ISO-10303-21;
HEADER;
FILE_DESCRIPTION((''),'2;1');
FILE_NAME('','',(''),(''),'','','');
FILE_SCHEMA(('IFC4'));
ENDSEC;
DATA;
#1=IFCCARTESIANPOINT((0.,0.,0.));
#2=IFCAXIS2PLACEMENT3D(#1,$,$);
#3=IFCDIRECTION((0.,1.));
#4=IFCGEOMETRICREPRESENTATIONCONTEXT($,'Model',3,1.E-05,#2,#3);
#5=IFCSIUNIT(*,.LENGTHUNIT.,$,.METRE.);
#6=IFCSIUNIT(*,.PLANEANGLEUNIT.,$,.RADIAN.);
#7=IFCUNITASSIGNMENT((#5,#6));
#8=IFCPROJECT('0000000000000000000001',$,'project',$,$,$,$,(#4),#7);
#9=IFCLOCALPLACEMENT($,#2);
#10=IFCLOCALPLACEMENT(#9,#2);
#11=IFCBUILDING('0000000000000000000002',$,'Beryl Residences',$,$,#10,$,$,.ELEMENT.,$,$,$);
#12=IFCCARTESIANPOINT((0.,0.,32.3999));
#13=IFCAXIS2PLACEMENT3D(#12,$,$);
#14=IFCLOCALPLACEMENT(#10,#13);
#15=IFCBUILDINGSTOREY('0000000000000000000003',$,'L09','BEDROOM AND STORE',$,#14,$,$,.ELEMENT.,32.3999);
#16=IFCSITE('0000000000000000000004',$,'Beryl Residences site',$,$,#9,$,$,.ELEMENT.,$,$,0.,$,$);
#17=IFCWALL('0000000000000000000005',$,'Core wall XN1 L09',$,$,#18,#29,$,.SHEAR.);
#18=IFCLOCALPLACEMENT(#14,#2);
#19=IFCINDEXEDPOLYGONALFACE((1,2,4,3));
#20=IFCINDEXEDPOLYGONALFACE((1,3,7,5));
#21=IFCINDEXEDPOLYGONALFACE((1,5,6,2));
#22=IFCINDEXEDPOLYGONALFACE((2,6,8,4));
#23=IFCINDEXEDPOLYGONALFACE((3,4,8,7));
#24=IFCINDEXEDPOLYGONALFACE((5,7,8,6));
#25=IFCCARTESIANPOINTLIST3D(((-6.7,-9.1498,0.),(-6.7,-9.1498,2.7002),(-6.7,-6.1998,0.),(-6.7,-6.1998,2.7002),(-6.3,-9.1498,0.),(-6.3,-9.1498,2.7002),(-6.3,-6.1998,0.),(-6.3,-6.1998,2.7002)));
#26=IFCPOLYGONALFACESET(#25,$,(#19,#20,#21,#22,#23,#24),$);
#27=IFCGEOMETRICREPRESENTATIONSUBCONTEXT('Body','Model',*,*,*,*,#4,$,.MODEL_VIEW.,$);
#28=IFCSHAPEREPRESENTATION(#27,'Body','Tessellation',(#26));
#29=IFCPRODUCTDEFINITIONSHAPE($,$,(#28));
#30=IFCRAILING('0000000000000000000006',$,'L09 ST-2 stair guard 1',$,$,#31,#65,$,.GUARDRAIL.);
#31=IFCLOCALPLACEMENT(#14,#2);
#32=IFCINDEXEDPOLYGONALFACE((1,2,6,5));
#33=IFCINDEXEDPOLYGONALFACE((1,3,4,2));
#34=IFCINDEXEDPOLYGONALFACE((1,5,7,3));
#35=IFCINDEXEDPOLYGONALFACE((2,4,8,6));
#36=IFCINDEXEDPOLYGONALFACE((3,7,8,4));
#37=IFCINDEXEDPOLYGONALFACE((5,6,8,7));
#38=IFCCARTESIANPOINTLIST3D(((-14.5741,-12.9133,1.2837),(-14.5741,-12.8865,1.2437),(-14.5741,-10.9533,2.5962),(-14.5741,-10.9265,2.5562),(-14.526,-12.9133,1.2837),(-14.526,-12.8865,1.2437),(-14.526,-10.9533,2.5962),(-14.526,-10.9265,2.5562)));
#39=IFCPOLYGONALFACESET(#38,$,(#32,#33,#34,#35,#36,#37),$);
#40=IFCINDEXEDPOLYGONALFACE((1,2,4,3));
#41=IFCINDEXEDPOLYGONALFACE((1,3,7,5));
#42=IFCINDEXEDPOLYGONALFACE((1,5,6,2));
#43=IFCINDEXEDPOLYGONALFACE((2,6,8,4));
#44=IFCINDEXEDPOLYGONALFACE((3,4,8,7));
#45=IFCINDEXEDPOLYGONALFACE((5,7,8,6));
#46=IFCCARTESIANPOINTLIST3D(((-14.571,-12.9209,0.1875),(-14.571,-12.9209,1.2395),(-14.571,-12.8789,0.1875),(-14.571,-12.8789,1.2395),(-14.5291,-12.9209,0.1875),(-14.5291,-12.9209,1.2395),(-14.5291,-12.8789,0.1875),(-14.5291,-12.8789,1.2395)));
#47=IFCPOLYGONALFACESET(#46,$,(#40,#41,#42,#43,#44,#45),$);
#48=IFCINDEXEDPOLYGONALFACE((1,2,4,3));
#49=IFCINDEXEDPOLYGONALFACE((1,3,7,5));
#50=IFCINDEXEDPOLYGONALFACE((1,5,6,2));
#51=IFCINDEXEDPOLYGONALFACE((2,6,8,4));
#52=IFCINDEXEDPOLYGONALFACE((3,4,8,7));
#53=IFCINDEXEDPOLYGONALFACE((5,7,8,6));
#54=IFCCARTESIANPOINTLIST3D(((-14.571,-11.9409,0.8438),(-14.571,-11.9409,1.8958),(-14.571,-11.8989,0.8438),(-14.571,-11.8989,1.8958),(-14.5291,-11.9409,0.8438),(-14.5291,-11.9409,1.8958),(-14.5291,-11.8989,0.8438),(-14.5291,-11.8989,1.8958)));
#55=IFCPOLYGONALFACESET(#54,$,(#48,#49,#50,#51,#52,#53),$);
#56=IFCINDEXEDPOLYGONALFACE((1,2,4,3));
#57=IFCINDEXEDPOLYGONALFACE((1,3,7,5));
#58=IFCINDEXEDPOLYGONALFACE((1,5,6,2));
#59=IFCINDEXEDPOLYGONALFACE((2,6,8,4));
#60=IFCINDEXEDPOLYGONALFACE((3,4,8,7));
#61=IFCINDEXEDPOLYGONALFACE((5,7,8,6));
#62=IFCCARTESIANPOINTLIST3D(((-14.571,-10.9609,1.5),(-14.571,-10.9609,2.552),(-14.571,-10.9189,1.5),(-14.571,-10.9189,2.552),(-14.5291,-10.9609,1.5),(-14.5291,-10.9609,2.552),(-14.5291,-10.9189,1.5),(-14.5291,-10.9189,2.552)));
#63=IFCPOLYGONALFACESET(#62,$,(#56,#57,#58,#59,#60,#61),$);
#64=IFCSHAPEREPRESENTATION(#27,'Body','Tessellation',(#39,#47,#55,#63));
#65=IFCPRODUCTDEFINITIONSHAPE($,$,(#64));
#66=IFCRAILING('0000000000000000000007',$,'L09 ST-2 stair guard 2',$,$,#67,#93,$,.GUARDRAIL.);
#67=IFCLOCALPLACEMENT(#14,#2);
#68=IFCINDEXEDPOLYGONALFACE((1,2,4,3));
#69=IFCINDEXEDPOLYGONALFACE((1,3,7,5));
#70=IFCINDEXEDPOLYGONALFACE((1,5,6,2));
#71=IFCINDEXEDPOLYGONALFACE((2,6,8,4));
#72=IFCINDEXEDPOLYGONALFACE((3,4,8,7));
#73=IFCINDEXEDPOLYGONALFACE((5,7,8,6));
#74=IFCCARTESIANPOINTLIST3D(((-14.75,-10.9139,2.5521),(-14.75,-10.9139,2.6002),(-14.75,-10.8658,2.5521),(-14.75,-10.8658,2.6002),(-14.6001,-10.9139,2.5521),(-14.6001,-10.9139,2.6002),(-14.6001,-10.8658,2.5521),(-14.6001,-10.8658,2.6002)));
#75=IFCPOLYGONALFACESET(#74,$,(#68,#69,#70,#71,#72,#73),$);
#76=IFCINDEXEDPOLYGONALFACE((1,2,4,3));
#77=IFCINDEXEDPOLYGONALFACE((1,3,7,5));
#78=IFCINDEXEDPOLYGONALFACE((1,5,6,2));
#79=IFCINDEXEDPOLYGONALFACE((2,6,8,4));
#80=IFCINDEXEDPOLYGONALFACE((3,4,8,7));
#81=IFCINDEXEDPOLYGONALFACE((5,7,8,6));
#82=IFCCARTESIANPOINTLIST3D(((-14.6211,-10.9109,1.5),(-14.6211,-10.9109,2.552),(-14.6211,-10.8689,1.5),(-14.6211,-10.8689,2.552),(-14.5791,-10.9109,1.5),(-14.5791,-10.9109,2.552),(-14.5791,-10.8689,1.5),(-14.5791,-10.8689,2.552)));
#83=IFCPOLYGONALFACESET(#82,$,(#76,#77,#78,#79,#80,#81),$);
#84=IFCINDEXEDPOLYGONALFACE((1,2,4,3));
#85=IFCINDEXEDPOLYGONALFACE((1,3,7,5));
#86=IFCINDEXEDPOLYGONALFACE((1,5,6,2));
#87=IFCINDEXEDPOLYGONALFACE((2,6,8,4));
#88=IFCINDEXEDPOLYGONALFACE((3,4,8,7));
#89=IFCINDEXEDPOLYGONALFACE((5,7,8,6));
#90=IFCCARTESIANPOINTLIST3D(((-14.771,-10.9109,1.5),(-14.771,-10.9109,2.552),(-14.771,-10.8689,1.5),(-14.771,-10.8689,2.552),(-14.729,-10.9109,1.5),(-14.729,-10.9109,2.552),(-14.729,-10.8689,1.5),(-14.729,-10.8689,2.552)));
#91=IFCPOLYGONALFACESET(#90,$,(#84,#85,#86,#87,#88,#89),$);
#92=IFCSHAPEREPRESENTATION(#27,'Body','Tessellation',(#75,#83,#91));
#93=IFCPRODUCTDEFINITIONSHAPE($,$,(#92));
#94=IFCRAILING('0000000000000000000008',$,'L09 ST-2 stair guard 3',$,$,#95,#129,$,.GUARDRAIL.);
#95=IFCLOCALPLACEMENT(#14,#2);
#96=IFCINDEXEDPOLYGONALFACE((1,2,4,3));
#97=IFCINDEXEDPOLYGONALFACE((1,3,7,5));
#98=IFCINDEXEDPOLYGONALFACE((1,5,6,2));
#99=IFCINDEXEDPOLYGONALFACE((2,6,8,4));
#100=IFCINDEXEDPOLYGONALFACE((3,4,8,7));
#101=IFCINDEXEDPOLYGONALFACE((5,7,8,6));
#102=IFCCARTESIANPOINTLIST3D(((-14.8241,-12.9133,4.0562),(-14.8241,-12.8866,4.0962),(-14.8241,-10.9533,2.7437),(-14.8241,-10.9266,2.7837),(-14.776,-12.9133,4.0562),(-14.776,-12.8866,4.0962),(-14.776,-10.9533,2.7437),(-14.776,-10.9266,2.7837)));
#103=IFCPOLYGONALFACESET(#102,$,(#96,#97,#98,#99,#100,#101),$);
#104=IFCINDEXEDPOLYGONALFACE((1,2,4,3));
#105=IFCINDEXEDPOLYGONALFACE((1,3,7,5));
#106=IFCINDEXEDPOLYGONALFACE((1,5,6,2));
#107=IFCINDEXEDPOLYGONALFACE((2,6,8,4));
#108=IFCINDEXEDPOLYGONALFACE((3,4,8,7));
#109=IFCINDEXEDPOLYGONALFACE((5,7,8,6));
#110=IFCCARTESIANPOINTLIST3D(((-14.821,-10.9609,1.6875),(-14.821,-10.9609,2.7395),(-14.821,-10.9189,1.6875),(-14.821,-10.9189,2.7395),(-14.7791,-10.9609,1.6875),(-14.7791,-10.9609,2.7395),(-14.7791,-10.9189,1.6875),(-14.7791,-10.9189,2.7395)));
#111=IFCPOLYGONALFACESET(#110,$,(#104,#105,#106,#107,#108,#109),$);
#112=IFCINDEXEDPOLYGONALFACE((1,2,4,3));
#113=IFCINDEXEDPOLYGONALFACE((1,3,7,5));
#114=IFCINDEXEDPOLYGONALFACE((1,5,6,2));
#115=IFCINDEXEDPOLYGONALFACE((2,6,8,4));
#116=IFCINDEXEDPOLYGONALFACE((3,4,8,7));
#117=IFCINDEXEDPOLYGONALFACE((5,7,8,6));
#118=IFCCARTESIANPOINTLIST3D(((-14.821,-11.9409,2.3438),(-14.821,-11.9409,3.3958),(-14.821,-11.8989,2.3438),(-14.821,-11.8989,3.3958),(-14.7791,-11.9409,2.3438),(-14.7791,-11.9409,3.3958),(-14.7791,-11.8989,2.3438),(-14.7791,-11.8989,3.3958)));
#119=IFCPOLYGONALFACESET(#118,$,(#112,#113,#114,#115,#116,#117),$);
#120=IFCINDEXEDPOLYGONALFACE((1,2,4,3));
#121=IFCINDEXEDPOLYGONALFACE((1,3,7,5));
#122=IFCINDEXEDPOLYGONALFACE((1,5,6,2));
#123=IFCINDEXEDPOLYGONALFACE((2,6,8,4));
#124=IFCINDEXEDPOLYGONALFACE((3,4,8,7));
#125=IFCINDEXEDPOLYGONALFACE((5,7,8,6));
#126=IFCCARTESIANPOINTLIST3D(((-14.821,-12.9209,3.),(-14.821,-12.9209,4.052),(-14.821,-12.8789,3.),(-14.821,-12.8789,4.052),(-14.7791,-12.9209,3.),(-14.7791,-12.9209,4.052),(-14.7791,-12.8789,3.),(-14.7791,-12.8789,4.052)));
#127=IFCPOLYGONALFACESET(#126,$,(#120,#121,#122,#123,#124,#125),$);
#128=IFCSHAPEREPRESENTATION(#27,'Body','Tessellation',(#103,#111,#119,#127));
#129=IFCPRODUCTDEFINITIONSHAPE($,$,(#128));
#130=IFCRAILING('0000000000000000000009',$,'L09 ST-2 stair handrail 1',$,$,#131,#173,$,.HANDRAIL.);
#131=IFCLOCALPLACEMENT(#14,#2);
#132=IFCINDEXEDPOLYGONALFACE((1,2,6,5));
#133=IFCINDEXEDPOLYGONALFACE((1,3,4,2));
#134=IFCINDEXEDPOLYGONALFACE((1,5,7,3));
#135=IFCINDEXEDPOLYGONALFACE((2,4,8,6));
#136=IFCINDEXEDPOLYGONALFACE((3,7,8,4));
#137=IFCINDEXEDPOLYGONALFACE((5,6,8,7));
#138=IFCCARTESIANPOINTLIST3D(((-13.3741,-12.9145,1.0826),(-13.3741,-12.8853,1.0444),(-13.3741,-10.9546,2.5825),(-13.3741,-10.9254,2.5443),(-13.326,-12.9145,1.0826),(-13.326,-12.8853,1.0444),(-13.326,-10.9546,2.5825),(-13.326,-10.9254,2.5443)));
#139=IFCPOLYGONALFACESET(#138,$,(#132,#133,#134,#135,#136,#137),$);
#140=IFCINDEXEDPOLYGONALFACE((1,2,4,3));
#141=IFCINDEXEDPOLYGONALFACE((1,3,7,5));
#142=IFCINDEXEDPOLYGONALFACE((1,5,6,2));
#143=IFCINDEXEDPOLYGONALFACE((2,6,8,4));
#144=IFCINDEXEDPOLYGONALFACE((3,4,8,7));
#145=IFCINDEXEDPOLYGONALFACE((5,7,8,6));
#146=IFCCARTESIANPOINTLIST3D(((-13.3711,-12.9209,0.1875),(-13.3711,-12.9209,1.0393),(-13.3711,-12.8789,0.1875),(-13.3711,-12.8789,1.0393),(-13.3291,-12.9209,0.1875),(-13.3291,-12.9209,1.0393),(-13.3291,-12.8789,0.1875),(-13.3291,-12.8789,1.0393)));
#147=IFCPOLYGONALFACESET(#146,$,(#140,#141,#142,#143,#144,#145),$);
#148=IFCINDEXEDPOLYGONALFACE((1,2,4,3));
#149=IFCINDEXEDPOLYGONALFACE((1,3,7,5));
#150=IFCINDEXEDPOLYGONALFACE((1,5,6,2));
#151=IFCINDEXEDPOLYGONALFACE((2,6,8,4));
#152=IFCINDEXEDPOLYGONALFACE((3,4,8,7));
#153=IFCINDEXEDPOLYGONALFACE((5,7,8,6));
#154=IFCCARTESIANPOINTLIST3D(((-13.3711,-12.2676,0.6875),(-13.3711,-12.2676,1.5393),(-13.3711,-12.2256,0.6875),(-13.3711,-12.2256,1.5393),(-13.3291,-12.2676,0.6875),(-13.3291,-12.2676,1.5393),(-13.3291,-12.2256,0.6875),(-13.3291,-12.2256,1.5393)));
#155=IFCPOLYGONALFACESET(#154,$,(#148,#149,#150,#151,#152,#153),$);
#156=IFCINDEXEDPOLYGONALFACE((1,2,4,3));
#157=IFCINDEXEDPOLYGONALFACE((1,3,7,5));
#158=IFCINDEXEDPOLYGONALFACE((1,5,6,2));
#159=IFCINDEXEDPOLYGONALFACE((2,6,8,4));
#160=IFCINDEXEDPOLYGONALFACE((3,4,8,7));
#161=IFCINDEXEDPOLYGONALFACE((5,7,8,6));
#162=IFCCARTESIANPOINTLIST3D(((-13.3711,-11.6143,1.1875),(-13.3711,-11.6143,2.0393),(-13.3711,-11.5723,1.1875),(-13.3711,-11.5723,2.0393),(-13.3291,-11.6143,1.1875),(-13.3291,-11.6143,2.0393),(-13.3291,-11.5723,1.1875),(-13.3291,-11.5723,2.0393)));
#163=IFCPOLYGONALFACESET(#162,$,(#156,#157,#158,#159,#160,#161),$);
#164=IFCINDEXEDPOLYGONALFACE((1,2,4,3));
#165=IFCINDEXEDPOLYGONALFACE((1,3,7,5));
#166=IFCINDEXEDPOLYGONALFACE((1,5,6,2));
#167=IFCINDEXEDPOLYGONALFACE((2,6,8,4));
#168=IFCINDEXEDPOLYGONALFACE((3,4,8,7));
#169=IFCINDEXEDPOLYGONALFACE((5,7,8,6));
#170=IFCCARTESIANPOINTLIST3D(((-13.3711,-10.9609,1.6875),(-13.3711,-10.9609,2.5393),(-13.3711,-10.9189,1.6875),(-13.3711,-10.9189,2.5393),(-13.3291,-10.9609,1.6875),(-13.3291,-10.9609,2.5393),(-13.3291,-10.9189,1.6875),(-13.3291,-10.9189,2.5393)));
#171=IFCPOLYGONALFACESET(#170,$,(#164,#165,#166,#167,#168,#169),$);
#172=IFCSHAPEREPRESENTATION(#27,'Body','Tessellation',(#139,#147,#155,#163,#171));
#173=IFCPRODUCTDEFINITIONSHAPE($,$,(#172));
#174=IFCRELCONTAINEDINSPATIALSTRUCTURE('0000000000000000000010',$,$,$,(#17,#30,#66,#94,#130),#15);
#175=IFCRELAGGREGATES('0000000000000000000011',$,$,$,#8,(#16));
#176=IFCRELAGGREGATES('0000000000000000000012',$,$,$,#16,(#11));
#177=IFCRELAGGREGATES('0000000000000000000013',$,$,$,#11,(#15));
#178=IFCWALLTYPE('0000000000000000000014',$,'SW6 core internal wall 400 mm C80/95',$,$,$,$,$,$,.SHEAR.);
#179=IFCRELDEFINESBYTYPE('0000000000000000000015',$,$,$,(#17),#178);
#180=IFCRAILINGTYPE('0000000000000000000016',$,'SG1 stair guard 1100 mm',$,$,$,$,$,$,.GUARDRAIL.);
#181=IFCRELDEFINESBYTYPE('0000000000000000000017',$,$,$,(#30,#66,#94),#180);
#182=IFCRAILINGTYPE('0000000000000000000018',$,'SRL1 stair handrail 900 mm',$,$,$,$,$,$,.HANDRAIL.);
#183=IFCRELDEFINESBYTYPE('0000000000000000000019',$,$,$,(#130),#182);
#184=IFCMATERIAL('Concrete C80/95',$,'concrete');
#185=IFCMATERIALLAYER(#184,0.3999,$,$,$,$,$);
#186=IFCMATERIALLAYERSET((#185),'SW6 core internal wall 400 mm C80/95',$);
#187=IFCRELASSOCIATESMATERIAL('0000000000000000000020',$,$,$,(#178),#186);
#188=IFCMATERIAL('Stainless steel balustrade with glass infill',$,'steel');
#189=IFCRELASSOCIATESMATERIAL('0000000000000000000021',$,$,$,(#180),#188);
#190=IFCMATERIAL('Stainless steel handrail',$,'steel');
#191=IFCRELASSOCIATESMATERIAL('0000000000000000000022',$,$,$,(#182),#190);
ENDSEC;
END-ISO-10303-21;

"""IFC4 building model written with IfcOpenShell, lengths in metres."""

from ifc_helpers import new_model, si_unit, direction, frame, frame_2d, origin, origin_2d, place, context, subcontext, project, spatial, rectangle, extrude, material, layer, layer_set, type_object, element, save


model = new_model("IFC4")

# Units and contexts
model_context = context("Model", 3, precision=1e-05, world=origin(), true_north=direction((0.0, 1.0)))
body_context = subcontext(model_context, "Body", "Model", "MODEL_VIEW")
ifc_project = project(units=[si_unit("LENGTHUNIT", "METRE"), si_unit("PLANEANGLEUNIT", "RADIAN")], contexts=[model_context])

# Site, building, storey
site_placement = place(None, origin())
site = spatial("IfcSite", under=ifc_project, at=site_placement, Name="Beryl Residences site", CompositionType="ELEMENT", RefElevation=0.0)
building_placement = place(site_placement, origin())
building = spatial("IfcBuilding", under=site, at=building_placement, Name="Beryl Residences", CompositionType="ELEMENT")
storey_placement = place(building_placement, frame((0.0, 0.0, 32.3999)))
storey = spatial("IfcBuildingStorey", under=building, at=storey_placement, Name="L09", Description="BEDROOM AND STORE", CompositionType="ELEMENT", Elevation=32.3999)

# Shared definitions
ifc_material_1 = material(Name="Concrete C80/95", Category="concrete")
ifc_layer_1 = layer(ifc_material_1, 0.3999)
ifc_layer_set_1 = layer_set([ifc_layer_1], Name="SW6 core internal wall 400 mm C80/95")
wall_type_1 = type_object("IfcWallType", Name="SW6 core internal wall 400 mm C80/95", PredefinedType="SHEAR", material=ifc_layer_set_1)

# Wall
wall_1_placement = place(storey_placement, frame((-6.5, -9.1499, 0.0), z_axis=(0.0, 0.0, 1.0), x_axis=(0.0, 1.0, 0.0)))
element("IfcWall", 1, at=wall_1_placement, inside=storey, type_object=wall_type_1, Name="Core wall XN1 L09", PredefinedType="SHEAR", context=body_context, shape_type="SweptSolid", body=[
    extrude(rectangle(XDim=2.95, YDim=0.3999, at=frame_2d((1.4751, 0.0))), origin(), (0.0, 0.0, 1.0), 2.7002),
])

# Railings
ifc_material_2 = material(Name="Stainless steel balustrade with glass infill", Category="steel")
railing_type_1 = type_object("IfcRailingType", Name="SG1 stair guard 1100 mm", PredefinedType="GUARDRAIL", material=ifc_material_2)
railing_1_placement = place(storey_placement, frame((-14.55, -12.8999, 0.1875)))
element("IfcRailing", 2, at=railing_1_placement, inside=storey, type_object=railing_type_1, Name="L09 ST-2 stair guard 1", PredefinedType="GUARDRAIL", context=body_context, shape_type="SweptSolid", body=[
    extrude(rectangle(XDim=0.0481, YDim=0.0481, at=origin_2d()), frame((0.0, 0.0, 1.0762), z_axis=(0.0, 0.830902, 0.556419), x_axis=(-1.0, 0.0, 0.0)), (0.0, 0.0, 1.0), 2.3589),
    extrude(rectangle(XDim=0.042, YDim=0.042, at=origin_2d()), origin(), (0.0, 0.0, 1.0), 1.052),
    extrude(rectangle(XDim=0.042, YDim=0.042, at=origin_2d()), frame((0.0, 0.98, 0.6562)), (0.0, 0.0, 1.0), 1.052),
    extrude(rectangle(XDim=0.042, YDim=0.042, at=origin_2d()), frame((0.0, 1.96, 1.3125)), (0.0, 0.0, 1.0), 1.052),
])
railing_2_placement = place(storey_placement, frame((-14.6001, -10.8899, 1.5)))
element("IfcRailing", 3, at=railing_2_placement, inside=storey, type_object=railing_type_1, Name="L09 ST-2 stair guard 2", PredefinedType="GUARDRAIL", context=body_context, shape_type="SweptSolid", body=[
    extrude(rectangle(XDim=0.0481, YDim=0.0481, at=origin_2d()), frame((0.0, 0.0, 1.0762), z_axis=(-1.0, 0.0, 0.0), x_axis=(0.0, -1.0, 0.0)), (0.0, 0.0, 1.0), 0.1499),
    extrude(rectangle(XDim=0.042, YDim=0.042, at=origin_2d()), origin(), (0.0, 0.0, 1.0), 1.052),
    extrude(rectangle(XDim=0.042, YDim=0.042, at=origin_2d()), frame((-0.1499, 0.0, 0.0)), (0.0, 0.0, 1.0), 1.052),
])
railing_3_placement = place(storey_placement, frame((-14.8, -10.9399, 1.6875)))
element("IfcRailing", 4, at=railing_3_placement, inside=storey, type_object=railing_type_1, Name="L09 ST-2 stair guard 3", PredefinedType="GUARDRAIL", context=body_context, shape_type="SweptSolid", body=[
    extrude(rectangle(XDim=0.0481, YDim=0.0481, at=origin_2d()), frame((0.0, 0.0, 1.0762), z_axis=(0.0, -0.830902, 0.556419), x_axis=(1.0, 0.0, 0.0)), (0.0, 0.0, 1.0), 2.3589),
    extrude(rectangle(XDim=0.042, YDim=0.042, at=origin_2d()), origin(), (0.0, 0.0, 1.0), 1.052),
    extrude(rectangle(XDim=0.042, YDim=0.042, at=origin_2d()), frame((0.0, -0.98, 0.6562)), (0.0, 0.0, 1.0), 1.052),
    extrude(rectangle(XDim=0.042, YDim=0.042, at=origin_2d()), frame((0.0, -1.96, 1.3125)), (0.0, 0.0, 1.0), 1.052),
])
ifc_material_3 = material(Name="Stainless steel handrail", Category="steel")
railing_type_2 = type_object("IfcRailingType", Name="SRL1 stair handrail 900 mm", PredefinedType="HANDRAIL", material=ifc_material_3)
railing_4_placement = place(storey_placement, frame((-13.3501, -12.8999, 0.1875)))
element("IfcRailing", 5, at=railing_4_placement, inside=storey, type_object=railing_type_2, Name="L09 ST-2 stair handrail 1", PredefinedType="HANDRAIL", context=body_context, shape_type="SweptSolid", body=[
    extrude(rectangle(XDim=0.0481, YDim=0.0481, at=origin_2d()), frame((0.0, 0.0, 0.876), z_axis=(0.0, 0.794122, 0.607758), x_axis=(-1.0, 0.0, 0.0)), (0.0, 0.0, 1.0), 2.468),
    extrude(rectangle(XDim=0.042, YDim=0.042, at=origin_2d()), origin(), (0.0, 0.0, 1.0), 0.8518),
    extrude(rectangle(XDim=0.042, YDim=0.042, at=origin_2d()), frame((0.0, 0.6533, 0.5)), (0.0, 0.0, 1.0), 0.8518),
    extrude(rectangle(XDim=0.042, YDim=0.042, at=origin_2d()), frame((0.0, 1.3066, 1.0)), (0.0, 0.0, 1.0), 0.8518),
    extrude(rectangle(XDim=0.042, YDim=0.042, at=origin_2d()), frame((0.0, 1.96, 1.5)), (0.0, 0.0, 1.0), 0.8518),
])

save(model, "model.ifc")
